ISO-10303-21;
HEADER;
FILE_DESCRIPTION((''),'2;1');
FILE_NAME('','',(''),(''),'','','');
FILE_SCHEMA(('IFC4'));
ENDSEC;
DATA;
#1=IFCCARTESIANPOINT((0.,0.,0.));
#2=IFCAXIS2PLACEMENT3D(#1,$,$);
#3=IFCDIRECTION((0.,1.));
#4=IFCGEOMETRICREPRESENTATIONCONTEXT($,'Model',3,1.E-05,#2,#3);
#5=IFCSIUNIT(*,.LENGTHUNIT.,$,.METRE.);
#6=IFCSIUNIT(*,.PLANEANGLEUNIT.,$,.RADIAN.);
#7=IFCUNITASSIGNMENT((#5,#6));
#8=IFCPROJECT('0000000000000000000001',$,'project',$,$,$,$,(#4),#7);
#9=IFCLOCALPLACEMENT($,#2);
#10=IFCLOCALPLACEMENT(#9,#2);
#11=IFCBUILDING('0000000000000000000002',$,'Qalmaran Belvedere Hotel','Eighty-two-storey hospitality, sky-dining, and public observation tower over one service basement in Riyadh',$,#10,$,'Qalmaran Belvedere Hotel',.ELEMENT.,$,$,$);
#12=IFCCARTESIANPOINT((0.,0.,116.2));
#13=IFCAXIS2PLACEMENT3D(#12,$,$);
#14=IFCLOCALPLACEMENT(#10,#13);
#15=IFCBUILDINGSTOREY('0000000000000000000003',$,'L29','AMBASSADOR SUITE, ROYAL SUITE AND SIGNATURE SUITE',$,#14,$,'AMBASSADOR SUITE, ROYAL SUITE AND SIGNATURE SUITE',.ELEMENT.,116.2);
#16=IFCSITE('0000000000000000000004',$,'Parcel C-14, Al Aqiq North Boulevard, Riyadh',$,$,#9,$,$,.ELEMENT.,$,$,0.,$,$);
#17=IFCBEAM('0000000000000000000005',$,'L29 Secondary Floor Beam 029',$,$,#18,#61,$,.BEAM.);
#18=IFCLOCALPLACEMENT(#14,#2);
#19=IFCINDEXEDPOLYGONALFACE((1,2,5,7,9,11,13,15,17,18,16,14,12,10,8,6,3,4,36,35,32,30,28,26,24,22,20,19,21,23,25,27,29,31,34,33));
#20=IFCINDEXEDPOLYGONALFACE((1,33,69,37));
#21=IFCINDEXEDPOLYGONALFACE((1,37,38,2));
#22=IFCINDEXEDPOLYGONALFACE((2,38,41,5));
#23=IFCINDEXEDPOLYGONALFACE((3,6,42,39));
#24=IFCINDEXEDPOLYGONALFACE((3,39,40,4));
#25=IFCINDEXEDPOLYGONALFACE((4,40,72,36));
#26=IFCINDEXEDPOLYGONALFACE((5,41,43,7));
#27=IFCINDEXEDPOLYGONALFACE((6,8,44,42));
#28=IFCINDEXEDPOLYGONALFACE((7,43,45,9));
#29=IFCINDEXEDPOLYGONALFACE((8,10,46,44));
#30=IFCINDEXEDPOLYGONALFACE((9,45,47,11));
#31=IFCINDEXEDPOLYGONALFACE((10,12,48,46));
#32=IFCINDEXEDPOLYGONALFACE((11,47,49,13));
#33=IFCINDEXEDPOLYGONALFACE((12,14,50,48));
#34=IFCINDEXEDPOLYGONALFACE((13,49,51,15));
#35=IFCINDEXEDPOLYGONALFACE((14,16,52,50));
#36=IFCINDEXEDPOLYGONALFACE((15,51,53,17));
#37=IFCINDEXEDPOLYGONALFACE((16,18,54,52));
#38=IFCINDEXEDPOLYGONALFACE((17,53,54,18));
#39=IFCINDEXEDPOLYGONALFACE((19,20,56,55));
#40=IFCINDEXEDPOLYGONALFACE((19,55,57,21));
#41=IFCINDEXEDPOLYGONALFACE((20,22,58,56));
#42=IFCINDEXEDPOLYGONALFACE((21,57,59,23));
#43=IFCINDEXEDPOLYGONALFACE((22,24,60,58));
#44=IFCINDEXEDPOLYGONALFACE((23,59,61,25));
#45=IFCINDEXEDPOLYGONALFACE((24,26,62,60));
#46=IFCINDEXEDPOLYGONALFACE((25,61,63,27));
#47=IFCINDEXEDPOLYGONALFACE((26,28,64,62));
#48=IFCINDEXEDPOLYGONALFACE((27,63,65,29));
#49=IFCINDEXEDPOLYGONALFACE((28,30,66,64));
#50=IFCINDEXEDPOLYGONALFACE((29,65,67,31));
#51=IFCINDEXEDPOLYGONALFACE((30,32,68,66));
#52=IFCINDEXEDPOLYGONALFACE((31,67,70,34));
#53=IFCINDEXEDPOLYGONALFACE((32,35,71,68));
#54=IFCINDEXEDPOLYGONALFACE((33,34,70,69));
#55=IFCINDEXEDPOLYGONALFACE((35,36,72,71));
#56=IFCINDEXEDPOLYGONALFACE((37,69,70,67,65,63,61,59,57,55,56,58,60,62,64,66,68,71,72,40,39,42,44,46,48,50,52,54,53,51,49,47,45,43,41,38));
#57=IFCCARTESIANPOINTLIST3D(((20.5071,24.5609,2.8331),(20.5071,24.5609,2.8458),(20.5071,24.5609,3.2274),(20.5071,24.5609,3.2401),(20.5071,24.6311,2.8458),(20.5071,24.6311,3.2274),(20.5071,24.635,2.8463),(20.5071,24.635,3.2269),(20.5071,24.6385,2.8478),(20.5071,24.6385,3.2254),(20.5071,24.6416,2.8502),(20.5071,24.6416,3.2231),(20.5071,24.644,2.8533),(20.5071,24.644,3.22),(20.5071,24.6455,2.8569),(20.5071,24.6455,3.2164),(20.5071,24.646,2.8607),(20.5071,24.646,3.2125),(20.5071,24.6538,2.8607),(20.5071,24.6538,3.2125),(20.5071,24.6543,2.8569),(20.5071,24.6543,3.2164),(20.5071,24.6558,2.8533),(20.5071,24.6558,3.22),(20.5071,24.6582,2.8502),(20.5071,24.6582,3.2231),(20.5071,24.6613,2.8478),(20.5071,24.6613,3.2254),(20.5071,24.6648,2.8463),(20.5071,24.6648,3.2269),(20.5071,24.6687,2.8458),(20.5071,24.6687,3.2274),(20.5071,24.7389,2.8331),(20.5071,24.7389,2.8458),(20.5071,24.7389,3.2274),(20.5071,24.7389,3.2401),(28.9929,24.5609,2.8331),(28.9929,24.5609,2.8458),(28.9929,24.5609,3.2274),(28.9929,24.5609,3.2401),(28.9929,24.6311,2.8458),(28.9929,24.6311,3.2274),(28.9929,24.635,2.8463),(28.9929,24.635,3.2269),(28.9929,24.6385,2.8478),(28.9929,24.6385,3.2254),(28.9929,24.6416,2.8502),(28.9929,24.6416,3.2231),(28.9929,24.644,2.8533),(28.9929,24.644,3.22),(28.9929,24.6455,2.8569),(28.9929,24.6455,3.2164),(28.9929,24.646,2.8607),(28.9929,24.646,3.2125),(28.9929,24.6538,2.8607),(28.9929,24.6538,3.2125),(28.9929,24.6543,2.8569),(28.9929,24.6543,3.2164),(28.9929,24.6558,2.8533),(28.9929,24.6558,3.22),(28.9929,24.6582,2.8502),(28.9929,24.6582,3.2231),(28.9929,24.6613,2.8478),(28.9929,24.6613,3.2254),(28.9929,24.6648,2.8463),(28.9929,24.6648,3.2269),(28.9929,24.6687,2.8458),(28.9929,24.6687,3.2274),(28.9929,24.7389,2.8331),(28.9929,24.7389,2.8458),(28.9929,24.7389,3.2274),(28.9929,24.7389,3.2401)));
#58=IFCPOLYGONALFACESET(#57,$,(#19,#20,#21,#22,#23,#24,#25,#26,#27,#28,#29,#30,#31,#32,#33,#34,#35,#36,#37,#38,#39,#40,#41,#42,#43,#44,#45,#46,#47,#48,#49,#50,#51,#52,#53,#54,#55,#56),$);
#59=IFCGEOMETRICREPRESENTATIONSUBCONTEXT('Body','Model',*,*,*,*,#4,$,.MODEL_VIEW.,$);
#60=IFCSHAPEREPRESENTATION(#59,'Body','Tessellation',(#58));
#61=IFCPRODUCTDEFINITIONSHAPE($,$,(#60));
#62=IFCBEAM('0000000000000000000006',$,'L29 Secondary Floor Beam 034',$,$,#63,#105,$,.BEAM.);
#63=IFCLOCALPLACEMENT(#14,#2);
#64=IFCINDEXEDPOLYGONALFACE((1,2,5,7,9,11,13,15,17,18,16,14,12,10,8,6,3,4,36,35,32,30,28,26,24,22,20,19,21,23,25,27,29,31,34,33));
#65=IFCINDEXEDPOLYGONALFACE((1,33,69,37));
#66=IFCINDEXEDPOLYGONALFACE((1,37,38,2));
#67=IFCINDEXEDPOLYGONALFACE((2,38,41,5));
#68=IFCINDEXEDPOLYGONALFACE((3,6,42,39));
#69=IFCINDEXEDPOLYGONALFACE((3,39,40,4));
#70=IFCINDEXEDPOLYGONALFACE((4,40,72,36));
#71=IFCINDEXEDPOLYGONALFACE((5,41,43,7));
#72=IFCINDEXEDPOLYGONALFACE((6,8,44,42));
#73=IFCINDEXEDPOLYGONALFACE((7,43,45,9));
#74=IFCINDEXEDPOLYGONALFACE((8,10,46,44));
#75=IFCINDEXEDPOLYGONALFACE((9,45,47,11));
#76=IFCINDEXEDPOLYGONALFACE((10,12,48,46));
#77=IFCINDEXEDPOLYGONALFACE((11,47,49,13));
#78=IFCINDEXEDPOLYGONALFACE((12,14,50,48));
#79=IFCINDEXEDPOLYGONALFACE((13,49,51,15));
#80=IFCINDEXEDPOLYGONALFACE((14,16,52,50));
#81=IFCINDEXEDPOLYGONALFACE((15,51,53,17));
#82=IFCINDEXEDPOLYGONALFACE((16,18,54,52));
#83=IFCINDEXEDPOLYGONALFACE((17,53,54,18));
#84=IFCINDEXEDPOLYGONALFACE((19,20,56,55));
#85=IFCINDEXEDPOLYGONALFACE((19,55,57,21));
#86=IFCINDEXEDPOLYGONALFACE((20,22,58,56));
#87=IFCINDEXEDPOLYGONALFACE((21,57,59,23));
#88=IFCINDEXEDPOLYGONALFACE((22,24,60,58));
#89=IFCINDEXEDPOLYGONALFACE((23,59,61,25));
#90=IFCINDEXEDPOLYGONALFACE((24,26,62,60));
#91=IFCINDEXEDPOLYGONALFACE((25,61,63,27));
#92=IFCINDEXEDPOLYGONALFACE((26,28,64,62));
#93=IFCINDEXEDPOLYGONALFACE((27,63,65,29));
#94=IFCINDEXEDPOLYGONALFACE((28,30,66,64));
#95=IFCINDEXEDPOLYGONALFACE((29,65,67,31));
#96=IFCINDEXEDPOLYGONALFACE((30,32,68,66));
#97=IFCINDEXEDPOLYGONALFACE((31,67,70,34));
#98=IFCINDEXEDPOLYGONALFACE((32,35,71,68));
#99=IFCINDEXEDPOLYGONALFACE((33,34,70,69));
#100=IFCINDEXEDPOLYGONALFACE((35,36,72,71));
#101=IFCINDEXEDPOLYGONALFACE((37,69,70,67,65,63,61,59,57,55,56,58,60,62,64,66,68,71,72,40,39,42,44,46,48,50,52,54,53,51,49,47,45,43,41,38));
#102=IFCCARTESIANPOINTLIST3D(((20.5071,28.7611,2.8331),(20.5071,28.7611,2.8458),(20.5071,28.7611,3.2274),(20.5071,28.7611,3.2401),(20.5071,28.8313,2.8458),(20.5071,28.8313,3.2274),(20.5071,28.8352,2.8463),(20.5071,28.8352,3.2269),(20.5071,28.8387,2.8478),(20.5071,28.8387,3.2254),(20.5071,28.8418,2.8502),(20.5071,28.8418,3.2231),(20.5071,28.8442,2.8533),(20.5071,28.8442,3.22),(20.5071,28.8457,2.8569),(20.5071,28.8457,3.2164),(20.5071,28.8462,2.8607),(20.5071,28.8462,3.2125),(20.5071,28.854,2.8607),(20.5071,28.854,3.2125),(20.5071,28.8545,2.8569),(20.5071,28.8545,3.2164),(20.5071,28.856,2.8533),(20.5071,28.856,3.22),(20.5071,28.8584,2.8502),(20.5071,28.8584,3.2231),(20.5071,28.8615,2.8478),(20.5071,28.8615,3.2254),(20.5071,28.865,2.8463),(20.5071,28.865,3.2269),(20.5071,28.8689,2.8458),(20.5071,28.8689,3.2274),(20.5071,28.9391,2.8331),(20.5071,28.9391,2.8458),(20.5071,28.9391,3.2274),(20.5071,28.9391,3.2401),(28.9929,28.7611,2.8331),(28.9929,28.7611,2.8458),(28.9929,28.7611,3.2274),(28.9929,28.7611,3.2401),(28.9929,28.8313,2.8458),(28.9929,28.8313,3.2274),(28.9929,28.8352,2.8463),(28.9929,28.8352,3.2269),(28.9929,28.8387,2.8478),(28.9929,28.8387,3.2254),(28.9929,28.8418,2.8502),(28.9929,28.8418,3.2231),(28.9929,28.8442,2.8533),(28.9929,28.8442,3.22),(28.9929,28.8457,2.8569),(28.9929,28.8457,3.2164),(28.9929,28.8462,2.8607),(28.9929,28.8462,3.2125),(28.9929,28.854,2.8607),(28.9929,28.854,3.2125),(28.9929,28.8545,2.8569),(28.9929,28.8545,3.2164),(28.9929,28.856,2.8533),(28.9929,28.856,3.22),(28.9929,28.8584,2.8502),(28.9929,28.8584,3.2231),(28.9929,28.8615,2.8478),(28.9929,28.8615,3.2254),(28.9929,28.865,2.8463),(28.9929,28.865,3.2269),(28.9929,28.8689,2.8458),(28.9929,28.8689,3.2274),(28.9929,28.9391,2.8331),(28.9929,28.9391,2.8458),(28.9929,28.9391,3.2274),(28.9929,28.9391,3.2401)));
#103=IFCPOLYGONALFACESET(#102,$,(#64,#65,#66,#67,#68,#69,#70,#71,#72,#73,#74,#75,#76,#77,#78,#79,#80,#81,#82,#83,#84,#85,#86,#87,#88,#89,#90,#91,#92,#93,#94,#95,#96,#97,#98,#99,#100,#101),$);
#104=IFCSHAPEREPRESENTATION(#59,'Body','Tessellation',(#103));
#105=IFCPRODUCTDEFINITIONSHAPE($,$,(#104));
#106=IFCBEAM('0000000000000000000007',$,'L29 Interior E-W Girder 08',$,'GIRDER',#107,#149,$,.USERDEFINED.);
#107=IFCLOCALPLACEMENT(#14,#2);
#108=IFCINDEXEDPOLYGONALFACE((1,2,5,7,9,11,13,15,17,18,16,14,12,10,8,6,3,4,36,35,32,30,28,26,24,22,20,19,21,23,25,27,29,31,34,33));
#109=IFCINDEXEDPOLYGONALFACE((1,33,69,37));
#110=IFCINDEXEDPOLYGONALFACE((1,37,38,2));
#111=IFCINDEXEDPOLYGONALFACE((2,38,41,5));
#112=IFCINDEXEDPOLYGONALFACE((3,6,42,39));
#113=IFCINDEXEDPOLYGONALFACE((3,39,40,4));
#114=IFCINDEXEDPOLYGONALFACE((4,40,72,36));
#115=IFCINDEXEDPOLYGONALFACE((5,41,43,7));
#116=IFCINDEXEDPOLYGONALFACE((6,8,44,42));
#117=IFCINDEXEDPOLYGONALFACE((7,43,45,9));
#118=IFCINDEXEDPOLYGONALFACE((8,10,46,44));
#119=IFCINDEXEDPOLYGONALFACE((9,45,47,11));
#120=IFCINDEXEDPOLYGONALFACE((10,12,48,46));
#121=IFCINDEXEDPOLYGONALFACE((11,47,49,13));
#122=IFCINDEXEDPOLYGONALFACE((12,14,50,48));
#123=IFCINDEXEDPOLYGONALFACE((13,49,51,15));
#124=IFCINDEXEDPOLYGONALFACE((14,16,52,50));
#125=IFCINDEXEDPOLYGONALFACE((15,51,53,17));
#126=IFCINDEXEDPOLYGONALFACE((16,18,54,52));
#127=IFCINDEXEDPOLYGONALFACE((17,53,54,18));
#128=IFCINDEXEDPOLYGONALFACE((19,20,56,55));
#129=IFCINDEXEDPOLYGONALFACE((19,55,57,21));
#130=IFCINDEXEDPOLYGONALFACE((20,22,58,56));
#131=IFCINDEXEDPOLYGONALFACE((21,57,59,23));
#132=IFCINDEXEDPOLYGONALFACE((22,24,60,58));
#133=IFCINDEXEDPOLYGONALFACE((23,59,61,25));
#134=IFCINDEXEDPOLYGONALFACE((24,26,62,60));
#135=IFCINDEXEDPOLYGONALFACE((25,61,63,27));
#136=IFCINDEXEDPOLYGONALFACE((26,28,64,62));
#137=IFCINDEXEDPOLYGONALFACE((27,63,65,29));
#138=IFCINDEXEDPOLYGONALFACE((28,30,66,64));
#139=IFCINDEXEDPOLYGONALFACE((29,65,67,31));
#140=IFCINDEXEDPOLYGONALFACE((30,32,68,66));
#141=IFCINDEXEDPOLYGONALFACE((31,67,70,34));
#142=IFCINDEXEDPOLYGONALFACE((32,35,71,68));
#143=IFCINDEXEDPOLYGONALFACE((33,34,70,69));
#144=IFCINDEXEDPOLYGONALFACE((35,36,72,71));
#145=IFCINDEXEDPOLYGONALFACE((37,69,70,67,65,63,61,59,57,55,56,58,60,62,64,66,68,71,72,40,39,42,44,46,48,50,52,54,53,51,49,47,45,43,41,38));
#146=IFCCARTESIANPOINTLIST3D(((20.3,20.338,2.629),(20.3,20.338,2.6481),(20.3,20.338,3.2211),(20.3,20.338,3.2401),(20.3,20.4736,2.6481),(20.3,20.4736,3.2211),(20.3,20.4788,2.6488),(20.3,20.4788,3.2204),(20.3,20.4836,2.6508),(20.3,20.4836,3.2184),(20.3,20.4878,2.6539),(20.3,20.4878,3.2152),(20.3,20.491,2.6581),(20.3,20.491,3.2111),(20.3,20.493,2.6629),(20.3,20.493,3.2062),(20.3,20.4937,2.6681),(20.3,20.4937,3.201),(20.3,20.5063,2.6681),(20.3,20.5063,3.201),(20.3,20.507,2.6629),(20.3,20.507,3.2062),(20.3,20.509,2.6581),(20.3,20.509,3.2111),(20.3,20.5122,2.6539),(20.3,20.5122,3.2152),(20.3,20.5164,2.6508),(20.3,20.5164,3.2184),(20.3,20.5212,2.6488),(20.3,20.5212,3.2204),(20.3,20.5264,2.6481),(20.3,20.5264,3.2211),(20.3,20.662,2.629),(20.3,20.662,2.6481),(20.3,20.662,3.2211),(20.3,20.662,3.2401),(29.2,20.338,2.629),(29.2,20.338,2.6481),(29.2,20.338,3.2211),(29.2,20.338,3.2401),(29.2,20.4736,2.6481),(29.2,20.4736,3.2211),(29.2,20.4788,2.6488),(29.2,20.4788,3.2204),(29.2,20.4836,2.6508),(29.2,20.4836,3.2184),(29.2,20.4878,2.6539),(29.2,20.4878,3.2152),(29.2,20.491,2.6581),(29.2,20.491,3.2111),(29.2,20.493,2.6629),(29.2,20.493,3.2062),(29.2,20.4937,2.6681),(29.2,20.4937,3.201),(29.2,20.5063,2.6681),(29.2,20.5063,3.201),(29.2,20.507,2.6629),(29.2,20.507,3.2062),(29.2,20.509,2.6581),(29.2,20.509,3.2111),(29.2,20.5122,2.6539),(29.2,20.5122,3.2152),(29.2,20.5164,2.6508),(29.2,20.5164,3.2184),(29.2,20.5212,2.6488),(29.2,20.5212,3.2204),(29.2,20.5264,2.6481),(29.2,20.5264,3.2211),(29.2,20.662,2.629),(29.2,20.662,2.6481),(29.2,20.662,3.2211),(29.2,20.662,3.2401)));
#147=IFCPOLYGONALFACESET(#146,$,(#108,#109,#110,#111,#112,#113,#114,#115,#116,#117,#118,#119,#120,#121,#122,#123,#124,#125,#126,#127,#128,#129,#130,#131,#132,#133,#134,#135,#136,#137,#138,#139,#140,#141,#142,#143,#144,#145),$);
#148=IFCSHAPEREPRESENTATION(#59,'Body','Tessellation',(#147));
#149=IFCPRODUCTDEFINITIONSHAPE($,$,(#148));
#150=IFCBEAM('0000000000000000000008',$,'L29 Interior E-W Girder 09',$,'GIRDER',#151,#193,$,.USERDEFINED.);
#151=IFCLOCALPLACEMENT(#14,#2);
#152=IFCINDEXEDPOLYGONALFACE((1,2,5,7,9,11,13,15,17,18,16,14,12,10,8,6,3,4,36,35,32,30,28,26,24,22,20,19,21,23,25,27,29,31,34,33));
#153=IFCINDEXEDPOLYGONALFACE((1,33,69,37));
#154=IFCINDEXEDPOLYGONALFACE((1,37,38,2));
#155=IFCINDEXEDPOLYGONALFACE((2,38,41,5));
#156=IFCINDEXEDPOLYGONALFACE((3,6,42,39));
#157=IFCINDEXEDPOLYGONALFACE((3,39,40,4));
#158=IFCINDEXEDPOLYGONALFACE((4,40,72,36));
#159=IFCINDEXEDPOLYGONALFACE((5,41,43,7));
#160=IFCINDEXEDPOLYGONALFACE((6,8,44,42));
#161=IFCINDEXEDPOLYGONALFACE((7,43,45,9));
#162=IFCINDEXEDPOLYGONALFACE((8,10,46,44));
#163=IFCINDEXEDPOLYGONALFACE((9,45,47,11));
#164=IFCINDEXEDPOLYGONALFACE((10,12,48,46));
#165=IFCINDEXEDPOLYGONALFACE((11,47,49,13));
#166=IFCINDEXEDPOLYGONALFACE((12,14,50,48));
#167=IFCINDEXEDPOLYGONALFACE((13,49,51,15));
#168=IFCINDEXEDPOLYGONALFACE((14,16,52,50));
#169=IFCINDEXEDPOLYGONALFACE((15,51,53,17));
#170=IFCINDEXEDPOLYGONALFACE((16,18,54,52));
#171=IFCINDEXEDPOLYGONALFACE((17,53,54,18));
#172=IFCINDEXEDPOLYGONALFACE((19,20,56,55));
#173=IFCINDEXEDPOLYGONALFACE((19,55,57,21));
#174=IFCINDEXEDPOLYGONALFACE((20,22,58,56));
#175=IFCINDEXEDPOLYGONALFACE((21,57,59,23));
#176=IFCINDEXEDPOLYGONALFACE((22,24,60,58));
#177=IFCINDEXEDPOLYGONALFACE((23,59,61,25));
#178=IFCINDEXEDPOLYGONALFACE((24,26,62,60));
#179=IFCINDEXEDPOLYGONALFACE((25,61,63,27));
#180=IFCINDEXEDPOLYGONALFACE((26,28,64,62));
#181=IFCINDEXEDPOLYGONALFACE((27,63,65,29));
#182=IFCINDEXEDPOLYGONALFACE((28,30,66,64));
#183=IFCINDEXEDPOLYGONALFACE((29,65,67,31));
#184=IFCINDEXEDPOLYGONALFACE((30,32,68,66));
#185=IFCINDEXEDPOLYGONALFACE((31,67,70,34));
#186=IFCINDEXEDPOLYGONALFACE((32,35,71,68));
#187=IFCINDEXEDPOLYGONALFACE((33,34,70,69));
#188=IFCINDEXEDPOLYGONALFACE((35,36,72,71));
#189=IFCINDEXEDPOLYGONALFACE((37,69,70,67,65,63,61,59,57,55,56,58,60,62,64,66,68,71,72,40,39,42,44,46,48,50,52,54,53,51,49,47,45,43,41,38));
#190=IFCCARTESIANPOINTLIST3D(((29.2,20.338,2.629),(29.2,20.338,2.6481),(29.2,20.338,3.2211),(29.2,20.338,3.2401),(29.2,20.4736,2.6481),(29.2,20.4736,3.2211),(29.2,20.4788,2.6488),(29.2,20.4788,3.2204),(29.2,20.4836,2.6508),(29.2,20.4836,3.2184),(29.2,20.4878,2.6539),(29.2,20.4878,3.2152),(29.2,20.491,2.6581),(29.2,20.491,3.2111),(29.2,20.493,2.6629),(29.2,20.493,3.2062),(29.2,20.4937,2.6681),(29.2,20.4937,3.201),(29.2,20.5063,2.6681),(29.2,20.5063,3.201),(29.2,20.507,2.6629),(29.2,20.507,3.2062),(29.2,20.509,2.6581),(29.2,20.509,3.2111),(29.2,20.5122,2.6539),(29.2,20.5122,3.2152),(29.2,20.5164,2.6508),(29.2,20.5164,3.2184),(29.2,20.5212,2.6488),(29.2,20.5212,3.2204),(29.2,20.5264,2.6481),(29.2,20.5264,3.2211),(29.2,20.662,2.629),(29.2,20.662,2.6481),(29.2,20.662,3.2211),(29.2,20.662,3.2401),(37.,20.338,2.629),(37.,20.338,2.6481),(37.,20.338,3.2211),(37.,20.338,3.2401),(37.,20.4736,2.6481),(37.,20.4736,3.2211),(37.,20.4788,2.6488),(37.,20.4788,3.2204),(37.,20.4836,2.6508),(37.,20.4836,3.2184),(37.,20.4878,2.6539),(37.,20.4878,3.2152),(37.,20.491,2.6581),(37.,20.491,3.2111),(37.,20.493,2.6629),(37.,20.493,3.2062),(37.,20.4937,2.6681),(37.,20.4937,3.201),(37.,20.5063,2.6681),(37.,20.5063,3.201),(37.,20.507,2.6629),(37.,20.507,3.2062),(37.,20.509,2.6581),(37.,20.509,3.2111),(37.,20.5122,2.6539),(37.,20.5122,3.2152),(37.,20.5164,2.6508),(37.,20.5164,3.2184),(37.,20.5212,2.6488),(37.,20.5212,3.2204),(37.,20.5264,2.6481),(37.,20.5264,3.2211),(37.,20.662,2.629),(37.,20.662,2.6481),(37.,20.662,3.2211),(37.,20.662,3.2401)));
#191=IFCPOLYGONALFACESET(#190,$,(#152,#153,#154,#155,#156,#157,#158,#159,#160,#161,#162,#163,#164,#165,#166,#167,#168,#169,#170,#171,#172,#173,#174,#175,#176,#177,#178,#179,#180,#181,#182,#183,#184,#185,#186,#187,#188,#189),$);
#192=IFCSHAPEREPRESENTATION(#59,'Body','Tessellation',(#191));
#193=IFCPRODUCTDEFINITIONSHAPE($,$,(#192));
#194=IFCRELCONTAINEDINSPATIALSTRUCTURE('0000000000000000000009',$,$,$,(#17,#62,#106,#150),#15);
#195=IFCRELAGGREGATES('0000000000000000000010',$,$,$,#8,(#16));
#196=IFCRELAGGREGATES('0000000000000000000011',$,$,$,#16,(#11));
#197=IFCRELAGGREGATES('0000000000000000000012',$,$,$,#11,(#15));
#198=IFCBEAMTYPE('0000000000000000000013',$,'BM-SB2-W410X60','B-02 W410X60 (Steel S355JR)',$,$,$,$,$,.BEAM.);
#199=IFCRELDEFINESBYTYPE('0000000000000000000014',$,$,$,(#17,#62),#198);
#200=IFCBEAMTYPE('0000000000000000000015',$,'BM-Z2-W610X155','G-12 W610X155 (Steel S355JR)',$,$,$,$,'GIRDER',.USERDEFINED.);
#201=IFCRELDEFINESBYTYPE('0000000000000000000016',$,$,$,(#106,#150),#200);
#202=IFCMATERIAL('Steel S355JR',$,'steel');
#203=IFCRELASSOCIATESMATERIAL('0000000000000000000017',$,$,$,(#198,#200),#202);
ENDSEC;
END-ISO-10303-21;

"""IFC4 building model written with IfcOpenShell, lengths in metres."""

from ifc_helpers import new_model, si_unit, direction, frame, origin, origin_2d, place, context, subcontext, project, spatial, i_section, extrude, material, material_profile, profile_set, type_object, element, save


model = new_model("IFC4")

# Units and contexts
model_context = context("Model", 3, precision=1e-05, world=origin(), true_north=direction((0.0, 1.0)))
body_context = subcontext(model_context, "Body", "Model", "MODEL_VIEW")
ifc_project = project(units=[si_unit("LENGTHUNIT", "METRE"), si_unit("PLANEANGLEUNIT", "RADIAN")], contexts=[model_context])

# Site, building, storey
site_placement = place(None, origin())
site = spatial("IfcSite", under=ifc_project, at=site_placement, Name="Parcel C-14, Al Aqiq North Boulevard, Riyadh", CompositionType="ELEMENT", RefElevation=0.0)
building_placement = place(site_placement, origin())
building = spatial("IfcBuilding", under=site, at=building_placement, Name="Qalmaran Belvedere Hotel", Description="Eighty-two-storey hospitality, sky-dining, and public observation tower over one service basement in Riyadh", LongName="Qalmaran Belvedere Hotel", CompositionType="ELEMENT")
storey_placement = place(building_placement, frame((0.0, 0.0, 116.2)))
storey = spatial("IfcBuildingStorey", under=building, at=storey_placement, Name="L29", Description="AMBASSADOR SUITE, ROYAL SUITE AND SIGNATURE SUITE", LongName="AMBASSADOR SUITE, ROYAL SUITE AND SIGNATURE SUITE", CompositionType="ELEMENT", Elevation=116.2)

# Beams
ifc_material_1 = material(Name="Steel S355JR", Category="steel")
ifc_material_profile_1 = material_profile(ifc_material_1, i_section(OverallWidth=0.178, OverallDepth=0.407, WebThickness=0.0078, FlangeThickness=0.0127, FilletRadius=0.0149, at=origin_2d()), Name="W410X60")
ifc_profile_set_1 = profile_set([ifc_material_profile_1], Name="Steel S355JR")
beam_type_1 = type_object("IfcBeamType", Name="BM-SB2-W410X60", Description="B-02 W410X60 (Steel S355JR)", PredefinedType="BEAM", material=ifc_profile_set_1)
for number, where, z_axis, x_axis, name in (
    (1, (20.5071, 24.6499, 3.0366), (1.0, 0.0, 0.0), (0.0, 1.0, 0.0), "L29 Secondary Floor Beam 029"),
    (2, (20.5071, 28.8501, 3.0366), (1.0, 0.0, 0.0), (0.0, 1.0, 0.0), "L29 Secondary Floor Beam 034"),
):
    element("IfcBeam", number, at=place(storey_placement, frame(where, z_axis=z_axis, x_axis=x_axis)), inside=storey, type_object=beam_type_1, Name=name, PredefinedType="BEAM", context=body_context, shape_type="SweptSolid", body=[
        extrude(i_section(OverallWidth=0.178, OverallDepth=0.407, WebThickness=0.0078, FlangeThickness=0.0127, FilletRadius=0.0149, at=origin_2d()), origin(), (0.0, 0.0, 1.0), 8.4858),
    ])
ifc_material_profile_2 = material_profile(ifc_material_1, i_section(OverallWidth=0.324, OverallDepth=0.6111, WebThickness=0.0127, FlangeThickness=0.019, FilletRadius=0.02, at=origin_2d()), Name="W610X155")
ifc_profile_set_2 = profile_set([ifc_material_profile_2], Name="Steel S355JR")
beam_type_2 = type_object("IfcBeamType", Name="BM-Z2-W610X155", Description="G-12 W610X155 (Steel S355JR)", ElementType="GIRDER", PredefinedType="USERDEFINED", material=ifc_profile_set_2)
beam_1_placement = place(storey_placement, frame((20.3, 20.5, 2.9346), z_axis=(1.0, 0.0, 0.0), x_axis=(0.0, 1.0, 0.0)))
element("IfcBeam", 3, at=beam_1_placement, inside=storey, type_object=beam_type_2, Name="L29 Interior E-W Girder 08", ObjectType="GIRDER", PredefinedType="USERDEFINED", context=body_context, shape_type="SweptSolid", body=[
    extrude(i_section(OverallWidth=0.324, OverallDepth=0.6111, WebThickness=0.0127, FlangeThickness=0.019, FilletRadius=0.02, at=origin_2d()), origin(), (0.0, 0.0, 1.0), 8.8999),
])
beam_2_placement = place(storey_placement, frame((29.2, 20.5, 2.9346), z_axis=(1.0, 0.0, 0.0), x_axis=(0.0, 1.0, 0.0)))
element("IfcBeam", 4, at=beam_2_placement, inside=storey, type_object=beam_type_2, Name="L29 Interior E-W Girder 09", ObjectType="GIRDER", PredefinedType="USERDEFINED", context=body_context, shape_type="SweptSolid", body=[
    extrude(i_section(OverallWidth=0.324, OverallDepth=0.6111, WebThickness=0.0127, FlangeThickness=0.019, FilletRadius=0.02, at=origin_2d()), origin(), (0.0, 0.0, 1.0), 7.8),
])

save(model, "model.ifc")
